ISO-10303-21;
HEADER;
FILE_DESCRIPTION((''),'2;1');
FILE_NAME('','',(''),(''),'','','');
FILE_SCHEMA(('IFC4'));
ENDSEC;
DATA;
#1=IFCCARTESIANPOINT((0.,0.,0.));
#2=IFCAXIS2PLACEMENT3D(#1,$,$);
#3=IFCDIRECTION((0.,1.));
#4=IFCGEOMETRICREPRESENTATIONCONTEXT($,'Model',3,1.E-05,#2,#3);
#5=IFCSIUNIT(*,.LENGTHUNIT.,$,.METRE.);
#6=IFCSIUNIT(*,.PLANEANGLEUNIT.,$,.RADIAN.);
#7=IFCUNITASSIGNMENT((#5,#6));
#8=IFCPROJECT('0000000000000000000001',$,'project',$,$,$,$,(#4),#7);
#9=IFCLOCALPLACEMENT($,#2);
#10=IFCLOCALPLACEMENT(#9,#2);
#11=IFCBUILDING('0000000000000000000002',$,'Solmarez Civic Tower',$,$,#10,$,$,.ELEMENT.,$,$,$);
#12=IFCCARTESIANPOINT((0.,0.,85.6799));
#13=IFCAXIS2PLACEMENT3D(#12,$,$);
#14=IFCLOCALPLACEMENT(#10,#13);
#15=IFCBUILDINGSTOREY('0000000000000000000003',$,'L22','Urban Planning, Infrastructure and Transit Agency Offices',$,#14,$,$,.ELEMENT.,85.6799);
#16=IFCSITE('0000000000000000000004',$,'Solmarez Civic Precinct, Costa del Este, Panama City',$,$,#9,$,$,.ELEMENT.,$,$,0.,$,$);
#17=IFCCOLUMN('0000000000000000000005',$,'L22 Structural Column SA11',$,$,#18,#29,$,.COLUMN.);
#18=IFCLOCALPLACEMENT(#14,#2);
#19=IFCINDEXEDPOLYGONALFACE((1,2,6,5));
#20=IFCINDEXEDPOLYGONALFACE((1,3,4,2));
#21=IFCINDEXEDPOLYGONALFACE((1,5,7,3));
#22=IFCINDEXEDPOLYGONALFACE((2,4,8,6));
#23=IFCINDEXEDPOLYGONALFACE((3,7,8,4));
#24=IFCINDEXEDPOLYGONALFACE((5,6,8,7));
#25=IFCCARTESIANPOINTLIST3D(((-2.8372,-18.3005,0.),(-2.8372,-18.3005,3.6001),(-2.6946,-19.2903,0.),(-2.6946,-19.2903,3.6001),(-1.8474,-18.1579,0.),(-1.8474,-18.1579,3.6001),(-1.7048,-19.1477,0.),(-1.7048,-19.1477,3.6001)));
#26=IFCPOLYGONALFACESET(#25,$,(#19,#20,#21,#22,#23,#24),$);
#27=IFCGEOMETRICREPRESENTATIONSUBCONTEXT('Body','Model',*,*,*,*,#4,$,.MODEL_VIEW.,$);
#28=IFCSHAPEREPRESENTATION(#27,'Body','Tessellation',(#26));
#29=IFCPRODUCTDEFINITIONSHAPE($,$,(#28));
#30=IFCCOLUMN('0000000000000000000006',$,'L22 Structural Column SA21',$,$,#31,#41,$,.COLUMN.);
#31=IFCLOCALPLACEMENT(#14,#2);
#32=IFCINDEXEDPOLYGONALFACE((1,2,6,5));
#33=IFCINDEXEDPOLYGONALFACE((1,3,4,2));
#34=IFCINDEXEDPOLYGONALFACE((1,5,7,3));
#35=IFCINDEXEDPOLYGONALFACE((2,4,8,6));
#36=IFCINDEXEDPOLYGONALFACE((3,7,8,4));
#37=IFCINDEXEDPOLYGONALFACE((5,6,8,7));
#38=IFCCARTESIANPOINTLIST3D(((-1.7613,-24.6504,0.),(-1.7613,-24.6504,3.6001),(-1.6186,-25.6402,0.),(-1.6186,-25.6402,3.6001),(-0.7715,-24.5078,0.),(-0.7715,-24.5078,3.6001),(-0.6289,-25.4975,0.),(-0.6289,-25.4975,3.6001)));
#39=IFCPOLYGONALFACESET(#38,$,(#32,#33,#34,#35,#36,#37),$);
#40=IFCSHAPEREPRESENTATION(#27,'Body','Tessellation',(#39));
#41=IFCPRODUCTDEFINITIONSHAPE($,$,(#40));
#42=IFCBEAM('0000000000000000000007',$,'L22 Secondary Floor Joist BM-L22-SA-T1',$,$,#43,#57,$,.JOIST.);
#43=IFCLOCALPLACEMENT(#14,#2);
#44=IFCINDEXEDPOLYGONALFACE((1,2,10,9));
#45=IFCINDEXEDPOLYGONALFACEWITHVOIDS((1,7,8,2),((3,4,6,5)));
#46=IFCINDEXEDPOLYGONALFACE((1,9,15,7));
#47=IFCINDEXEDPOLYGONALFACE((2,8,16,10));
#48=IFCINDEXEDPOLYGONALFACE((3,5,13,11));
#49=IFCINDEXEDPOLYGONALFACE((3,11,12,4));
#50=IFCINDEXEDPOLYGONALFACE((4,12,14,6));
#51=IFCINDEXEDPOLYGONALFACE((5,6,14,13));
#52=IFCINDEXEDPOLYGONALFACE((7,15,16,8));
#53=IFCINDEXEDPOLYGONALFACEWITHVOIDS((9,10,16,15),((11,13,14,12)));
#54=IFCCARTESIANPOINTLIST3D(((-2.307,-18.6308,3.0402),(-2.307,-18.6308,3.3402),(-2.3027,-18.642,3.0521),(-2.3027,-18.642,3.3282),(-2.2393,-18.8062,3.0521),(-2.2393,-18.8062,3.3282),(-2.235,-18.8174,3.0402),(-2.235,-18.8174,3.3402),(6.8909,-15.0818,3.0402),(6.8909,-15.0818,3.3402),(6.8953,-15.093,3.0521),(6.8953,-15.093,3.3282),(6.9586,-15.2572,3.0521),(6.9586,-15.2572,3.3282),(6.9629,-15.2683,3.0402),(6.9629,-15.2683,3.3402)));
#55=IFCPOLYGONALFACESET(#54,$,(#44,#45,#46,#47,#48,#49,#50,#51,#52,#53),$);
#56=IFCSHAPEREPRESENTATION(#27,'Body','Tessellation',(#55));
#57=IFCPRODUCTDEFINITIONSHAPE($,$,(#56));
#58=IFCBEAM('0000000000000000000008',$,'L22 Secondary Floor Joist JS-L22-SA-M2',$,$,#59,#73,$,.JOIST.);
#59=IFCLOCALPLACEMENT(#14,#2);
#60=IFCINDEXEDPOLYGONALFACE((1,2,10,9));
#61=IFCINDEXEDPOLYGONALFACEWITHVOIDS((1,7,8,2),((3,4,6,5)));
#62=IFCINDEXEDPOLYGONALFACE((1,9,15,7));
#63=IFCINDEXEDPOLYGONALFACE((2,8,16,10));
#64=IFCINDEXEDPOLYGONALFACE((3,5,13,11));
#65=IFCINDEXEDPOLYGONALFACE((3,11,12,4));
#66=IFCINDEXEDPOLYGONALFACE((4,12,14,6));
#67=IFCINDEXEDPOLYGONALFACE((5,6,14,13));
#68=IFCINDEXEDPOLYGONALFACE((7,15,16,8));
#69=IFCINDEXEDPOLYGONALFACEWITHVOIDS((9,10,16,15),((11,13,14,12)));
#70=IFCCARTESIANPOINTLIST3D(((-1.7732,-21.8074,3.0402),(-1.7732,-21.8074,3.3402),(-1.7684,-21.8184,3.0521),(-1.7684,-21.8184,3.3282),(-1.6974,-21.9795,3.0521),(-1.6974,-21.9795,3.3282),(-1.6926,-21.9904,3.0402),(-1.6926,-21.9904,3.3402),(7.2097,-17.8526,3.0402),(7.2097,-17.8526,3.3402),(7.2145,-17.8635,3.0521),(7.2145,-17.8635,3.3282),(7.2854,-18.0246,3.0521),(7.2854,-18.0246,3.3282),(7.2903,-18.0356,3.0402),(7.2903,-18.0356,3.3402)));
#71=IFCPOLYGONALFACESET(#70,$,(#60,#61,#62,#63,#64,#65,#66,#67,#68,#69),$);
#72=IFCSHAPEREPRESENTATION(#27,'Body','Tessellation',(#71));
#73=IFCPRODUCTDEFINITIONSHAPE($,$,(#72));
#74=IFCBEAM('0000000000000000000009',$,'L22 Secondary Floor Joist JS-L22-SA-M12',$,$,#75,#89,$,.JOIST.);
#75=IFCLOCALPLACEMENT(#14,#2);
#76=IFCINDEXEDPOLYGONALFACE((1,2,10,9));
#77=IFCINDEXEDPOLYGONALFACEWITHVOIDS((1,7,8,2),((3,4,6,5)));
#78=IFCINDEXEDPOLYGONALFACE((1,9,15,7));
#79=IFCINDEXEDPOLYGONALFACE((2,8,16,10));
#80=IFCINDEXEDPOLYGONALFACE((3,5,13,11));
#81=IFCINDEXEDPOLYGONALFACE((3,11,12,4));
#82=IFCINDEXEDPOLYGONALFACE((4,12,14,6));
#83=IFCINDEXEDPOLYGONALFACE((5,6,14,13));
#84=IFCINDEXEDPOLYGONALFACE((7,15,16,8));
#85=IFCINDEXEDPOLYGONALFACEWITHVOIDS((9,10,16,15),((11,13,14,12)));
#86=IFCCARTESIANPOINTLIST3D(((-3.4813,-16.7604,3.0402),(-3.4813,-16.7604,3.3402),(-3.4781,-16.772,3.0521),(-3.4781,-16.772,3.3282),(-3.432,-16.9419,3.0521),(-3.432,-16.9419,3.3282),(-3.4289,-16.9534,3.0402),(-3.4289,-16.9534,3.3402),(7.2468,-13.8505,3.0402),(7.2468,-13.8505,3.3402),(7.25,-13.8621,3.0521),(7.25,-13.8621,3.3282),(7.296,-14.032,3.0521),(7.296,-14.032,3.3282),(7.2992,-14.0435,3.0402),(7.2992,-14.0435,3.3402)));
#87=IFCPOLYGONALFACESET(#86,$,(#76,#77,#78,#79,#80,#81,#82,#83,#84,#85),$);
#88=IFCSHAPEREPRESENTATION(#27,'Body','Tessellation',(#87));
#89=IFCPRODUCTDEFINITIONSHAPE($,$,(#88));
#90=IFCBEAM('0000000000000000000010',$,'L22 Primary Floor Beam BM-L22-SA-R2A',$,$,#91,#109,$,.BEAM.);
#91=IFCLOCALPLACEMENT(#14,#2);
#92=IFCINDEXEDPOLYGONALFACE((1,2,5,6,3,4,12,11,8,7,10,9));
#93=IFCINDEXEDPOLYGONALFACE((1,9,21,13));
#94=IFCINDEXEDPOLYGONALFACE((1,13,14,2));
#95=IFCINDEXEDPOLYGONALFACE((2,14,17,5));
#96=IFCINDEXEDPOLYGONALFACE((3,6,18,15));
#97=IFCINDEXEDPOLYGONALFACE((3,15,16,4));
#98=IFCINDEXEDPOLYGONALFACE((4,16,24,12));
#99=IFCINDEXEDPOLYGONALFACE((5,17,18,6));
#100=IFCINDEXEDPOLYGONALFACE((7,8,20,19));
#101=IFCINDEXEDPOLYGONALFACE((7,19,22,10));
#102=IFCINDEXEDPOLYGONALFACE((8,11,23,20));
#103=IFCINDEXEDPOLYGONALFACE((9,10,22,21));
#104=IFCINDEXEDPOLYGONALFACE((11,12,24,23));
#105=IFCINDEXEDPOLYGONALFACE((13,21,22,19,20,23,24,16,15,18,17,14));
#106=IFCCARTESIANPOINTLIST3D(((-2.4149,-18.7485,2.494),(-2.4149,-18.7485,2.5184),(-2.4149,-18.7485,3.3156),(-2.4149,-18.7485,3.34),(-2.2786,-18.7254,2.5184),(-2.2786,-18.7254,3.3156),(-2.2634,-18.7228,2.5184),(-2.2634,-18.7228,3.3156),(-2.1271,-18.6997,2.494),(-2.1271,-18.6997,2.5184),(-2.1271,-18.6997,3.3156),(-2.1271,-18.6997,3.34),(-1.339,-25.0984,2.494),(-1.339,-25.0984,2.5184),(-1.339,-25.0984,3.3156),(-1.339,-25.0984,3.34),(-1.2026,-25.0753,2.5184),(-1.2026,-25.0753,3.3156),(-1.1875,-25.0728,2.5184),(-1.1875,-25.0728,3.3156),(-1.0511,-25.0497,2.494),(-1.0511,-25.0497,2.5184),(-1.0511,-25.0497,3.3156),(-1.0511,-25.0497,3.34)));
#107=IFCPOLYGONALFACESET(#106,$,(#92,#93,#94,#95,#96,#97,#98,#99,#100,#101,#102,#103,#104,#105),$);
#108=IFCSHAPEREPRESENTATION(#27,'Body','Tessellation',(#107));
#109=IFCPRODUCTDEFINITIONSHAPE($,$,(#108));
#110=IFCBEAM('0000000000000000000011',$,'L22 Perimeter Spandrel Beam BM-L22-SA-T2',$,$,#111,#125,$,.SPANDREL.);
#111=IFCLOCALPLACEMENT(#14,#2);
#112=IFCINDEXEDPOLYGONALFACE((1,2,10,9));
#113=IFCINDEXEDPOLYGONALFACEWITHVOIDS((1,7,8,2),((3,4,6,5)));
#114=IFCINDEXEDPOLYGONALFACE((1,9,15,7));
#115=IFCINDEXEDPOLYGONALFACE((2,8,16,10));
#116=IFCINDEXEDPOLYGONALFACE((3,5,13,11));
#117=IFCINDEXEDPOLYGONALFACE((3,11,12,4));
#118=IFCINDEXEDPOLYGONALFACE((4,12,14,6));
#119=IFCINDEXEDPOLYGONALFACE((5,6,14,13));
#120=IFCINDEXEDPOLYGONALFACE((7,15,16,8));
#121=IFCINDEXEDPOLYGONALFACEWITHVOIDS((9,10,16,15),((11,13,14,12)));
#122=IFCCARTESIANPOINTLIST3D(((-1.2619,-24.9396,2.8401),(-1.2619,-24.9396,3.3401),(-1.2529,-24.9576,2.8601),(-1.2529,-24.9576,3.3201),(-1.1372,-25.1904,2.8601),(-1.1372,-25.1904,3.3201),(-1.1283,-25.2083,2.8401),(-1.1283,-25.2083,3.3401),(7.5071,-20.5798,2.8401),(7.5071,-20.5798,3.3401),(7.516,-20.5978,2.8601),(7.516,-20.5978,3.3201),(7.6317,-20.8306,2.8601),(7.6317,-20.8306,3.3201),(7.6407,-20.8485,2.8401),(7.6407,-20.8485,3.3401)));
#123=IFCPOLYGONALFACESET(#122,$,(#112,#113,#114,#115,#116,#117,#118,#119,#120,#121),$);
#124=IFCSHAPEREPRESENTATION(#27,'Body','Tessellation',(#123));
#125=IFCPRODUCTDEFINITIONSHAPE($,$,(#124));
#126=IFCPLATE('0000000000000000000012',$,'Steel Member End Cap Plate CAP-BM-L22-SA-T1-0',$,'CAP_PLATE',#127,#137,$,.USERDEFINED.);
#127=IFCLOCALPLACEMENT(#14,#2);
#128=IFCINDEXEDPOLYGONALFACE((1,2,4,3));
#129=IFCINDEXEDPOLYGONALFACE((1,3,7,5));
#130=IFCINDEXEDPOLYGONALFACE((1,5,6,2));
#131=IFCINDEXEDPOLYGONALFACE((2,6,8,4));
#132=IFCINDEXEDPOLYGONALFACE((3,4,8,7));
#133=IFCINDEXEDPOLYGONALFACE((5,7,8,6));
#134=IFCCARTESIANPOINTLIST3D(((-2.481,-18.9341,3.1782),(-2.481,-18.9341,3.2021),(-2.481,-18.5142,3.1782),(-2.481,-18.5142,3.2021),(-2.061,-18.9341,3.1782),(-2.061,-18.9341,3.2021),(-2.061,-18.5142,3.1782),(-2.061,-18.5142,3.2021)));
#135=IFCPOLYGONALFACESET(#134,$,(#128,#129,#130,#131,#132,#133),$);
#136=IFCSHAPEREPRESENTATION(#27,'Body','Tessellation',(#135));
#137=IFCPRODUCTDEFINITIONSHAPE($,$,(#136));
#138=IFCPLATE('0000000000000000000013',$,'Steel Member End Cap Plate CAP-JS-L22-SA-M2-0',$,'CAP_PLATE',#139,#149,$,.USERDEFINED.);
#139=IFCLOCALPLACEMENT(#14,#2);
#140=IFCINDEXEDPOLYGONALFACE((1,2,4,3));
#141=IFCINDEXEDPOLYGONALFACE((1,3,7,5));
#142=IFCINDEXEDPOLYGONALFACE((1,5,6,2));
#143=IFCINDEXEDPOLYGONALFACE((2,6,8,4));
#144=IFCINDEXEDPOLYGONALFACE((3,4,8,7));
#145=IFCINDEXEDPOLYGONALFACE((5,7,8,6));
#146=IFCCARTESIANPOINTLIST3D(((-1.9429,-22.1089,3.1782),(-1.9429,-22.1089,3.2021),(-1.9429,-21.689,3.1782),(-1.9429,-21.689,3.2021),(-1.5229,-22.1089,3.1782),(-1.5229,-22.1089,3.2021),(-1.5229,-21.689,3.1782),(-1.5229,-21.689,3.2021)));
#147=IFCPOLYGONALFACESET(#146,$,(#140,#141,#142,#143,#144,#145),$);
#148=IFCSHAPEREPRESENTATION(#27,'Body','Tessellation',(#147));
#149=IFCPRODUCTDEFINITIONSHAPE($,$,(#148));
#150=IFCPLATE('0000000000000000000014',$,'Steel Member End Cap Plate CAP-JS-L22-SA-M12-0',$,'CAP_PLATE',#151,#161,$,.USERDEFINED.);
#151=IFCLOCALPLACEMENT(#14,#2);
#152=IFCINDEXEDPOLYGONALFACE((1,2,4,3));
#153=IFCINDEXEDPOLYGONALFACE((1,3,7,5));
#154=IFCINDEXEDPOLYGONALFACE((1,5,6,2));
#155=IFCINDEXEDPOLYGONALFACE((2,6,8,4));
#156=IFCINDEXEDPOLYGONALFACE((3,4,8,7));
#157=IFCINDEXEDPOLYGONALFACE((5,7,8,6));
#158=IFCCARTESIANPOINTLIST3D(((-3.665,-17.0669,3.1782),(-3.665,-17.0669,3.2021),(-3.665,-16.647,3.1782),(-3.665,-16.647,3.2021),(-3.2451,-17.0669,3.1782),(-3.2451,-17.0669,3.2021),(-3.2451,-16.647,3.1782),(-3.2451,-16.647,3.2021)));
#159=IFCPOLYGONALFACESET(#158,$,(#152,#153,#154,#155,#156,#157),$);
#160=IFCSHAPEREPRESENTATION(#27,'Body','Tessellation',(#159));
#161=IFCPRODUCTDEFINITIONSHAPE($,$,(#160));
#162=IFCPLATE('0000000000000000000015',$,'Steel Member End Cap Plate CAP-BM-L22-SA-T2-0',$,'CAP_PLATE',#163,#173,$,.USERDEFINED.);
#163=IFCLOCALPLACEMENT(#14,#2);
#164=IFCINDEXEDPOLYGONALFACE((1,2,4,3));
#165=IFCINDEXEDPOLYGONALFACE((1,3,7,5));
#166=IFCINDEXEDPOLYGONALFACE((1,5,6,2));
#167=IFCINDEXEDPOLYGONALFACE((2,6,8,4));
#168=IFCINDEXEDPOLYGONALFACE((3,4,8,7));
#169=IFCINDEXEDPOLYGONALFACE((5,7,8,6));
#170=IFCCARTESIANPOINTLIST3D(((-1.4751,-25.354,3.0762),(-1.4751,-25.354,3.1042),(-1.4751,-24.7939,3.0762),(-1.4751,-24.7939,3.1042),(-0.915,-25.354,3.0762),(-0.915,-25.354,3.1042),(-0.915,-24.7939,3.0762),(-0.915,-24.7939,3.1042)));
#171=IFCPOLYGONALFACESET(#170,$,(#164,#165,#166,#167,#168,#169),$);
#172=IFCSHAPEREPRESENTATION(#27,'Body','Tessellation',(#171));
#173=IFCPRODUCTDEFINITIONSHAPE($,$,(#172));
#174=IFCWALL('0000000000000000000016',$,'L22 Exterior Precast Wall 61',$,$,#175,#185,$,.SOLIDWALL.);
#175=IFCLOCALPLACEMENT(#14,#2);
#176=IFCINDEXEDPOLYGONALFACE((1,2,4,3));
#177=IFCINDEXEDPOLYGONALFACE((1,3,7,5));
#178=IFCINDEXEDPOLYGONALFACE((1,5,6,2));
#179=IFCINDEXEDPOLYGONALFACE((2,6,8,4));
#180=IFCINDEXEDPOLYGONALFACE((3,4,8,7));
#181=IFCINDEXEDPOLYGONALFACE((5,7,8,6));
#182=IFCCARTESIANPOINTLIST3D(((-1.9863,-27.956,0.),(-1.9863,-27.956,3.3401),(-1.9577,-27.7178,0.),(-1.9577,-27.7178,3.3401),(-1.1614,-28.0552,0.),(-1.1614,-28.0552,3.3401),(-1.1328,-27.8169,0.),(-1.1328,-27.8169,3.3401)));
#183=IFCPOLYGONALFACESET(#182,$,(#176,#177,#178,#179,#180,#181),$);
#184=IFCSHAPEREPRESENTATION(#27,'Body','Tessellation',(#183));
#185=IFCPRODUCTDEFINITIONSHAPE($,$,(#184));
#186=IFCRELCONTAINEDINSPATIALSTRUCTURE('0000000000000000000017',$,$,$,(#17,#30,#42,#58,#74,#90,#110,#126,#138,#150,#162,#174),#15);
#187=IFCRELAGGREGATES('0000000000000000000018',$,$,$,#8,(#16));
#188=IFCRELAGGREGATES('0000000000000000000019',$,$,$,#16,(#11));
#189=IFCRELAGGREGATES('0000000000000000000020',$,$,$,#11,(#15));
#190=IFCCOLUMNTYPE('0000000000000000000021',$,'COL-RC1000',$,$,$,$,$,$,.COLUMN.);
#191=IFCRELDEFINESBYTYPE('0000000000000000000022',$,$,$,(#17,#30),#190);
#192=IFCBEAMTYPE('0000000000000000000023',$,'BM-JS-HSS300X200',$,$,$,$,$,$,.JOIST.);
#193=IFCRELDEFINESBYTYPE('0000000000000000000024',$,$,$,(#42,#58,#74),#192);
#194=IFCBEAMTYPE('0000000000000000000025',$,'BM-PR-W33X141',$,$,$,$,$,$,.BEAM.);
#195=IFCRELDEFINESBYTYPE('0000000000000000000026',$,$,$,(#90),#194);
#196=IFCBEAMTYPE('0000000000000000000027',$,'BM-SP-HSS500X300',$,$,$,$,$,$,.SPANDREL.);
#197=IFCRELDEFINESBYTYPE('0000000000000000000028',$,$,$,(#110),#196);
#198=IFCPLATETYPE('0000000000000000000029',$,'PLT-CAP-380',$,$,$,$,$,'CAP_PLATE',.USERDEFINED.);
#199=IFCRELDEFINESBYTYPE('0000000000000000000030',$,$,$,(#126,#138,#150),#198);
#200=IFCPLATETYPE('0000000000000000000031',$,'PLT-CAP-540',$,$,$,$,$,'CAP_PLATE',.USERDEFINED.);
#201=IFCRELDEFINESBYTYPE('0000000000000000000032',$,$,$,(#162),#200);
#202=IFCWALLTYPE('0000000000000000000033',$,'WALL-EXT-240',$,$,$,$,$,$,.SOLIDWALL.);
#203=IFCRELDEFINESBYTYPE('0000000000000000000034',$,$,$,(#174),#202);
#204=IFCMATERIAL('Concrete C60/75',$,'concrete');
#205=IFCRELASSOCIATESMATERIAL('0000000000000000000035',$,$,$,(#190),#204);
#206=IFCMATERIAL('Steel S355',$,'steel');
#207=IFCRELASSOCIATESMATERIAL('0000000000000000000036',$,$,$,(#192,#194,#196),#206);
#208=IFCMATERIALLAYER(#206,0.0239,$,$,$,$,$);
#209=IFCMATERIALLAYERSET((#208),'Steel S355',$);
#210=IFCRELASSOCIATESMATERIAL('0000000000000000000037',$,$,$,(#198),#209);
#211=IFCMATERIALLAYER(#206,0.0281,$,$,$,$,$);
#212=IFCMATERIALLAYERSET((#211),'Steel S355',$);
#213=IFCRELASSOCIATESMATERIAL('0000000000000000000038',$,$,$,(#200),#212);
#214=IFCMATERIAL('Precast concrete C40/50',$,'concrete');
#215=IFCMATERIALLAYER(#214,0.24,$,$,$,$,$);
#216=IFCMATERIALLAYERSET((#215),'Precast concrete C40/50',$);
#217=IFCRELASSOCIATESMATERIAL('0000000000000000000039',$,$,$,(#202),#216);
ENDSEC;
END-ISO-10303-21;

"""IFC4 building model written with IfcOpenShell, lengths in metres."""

from ifc_helpers import new_model, si_unit, direction, frame, frame_2d, origin, origin_2d, place, context, subcontext, project, spatial, rectangle, hollow_rectangle, i_section, extrude, material, layer, layer_set, material_profile, profile_set, type_object, element, save


model = new_model("IFC4")

# Units and contexts
model_context = context("Model", 3, precision=1e-05, world=origin(), true_north=direction((0.0, 1.0)))
body_context = subcontext(model_context, "Body", "Model", "MODEL_VIEW")
ifc_project = project(units=[si_unit("LENGTHUNIT", "METRE"), si_unit("PLANEANGLEUNIT", "RADIAN")], contexts=[model_context])

# Site, building, storey
site_placement = place(None, origin())
site = spatial("IfcSite", under=ifc_project, at=site_placement, Name="Solmarez Civic Precinct, Costa del Este, Panama City", CompositionType="ELEMENT", RefElevation=0.0)
building_placement = place(site_placement, origin())
building = spatial("IfcBuilding", under=site, at=building_placement, Name="Solmarez Civic Tower", CompositionType="ELEMENT")
storey_placement = place(building_placement, frame((0.0, 0.0, 85.6799)))
storey = spatial("IfcBuildingStorey", under=building, at=storey_placement, Name="L22", Description="Urban Planning, Infrastructure and Transit Agency Offices", CompositionType="ELEMENT", Elevation=85.6799)

# Columns
ifc_material_1 = material(Name="Concrete C60/75", Category="concrete")
ifc_material_profile_1 = material_profile(ifc_material_1, rectangle(XDim=1.0, YDim=1.0, at=origin_2d()), Name="RC1000X1000")
ifc_profile_set_1 = profile_set([ifc_material_profile_1], Name="Concrete C60/75")
column_type = type_object("IfcColumnType", Name="COL-RC1000", PredefinedType="COLUMN", material=ifc_profile_set_1)
for number, where, z_axis, x_axis, name in (
    (1, (-2.271, -18.7241, 0.0), (0.0, 0.0, 1.0), (0.989776, 0.142629, 0.0), "L22 Structural Column SA11"),
    (2, (-1.1951, -25.074, 0.0), (0.0, 0.0, 1.0), (0.989776, 0.142629, 0.0), "L22 Structural Column SA21"),
):
    element("IfcColumn", number, at=place(storey_placement, frame(where, z_axis=z_axis, x_axis=x_axis)), inside=storey, type_object=column_type, Name=name, PredefinedType="COLUMN", context=body_context, shape_type="SweptSolid", body=[
        extrude(rectangle(XDim=1.0, YDim=1.0, at=origin_2d()), origin(), (0.0, 0.0, 1.0), 3.6001),
    ])

# Beams
ifc_material_2 = material(Name="Steel S355", Category="steel")
ifc_material_profile_2 = material_profile(ifc_material_2, hollow_rectangle(XDim=0.2, YDim=0.3, WallThickness=0.012, at=origin_2d()), Name="HSS300X200X12")
ifc_profile_set_2 = profile_set([ifc_material_profile_2], Name="Steel S355")
beam_type_1 = type_object("IfcBeamType", Name="BM-JS-HSS300X200", PredefinedType="JOIST", material=ifc_profile_set_2)
beam_1_placement = place(storey_placement, frame((-2.271, -18.7241, 3.1902), z_axis=(0.932958, 0.359984, 0.0), x_axis=(-0.359984, 0.932958, 0.0)))
element("IfcBeam", 3, at=beam_1_placement, inside=storey, type_object=beam_type_1, Name="L22 Secondary Floor Joist BM-L22-SA-T1", PredefinedType="JOIST", context=body_context, shape_type="SweptSolid", body=[
    extrude(hollow_rectangle(XDim=0.2, YDim=0.3, WallThickness=0.012, at=origin_2d()), origin(), (0.0, 0.0, 1.0), 9.8589),
])
beam_2_placement = place(storey_placement, frame((-1.7329, -21.8989, 3.1902), z_axis=(0.915227, 0.402939, 0.0), x_axis=(-0.402939, 0.915227, 0.0)))
element("IfcBeam", 4, at=beam_2_placement, inside=storey, type_object=beam_type_1, Name="L22 Secondary Floor Joist JS-L22-SA-M2", PredefinedType="JOIST", context=body_context, shape_type="SweptSolid", body=[
    extrude(hollow_rectangle(XDim=0.2, YDim=0.3, WallThickness=0.012, at=origin_2d()), origin(), (0.0, 0.0, 1.0), 9.8149),
])
beam_3_placement = place(storey_placement, frame((-3.4551, -16.8569, 3.1902), z_axis=(0.965126, 0.261785, 0.0), x_axis=(-0.261785, 0.965126, 0.0)))
element("IfcBeam", 5, at=beam_3_placement, inside=storey, type_object=beam_type_1, Name="L22 Secondary Floor Joist JS-L22-SA-M12", PredefinedType="JOIST", context=body_context, shape_type="SweptSolid", body=[
    extrude(hollow_rectangle(XDim=0.2, YDim=0.3, WallThickness=0.012, at=origin_2d()), origin(), (0.0, 0.0, 1.0), 11.1157),
])
ifc_material_profile_3 = material_profile(ifc_material_2, i_section(OverallWidth=0.292, OverallDepth=0.8459, WebThickness=0.0154, FlangeThickness=0.0244, at=origin_2d()), Name="W33X141")
ifc_profile_set_3 = profile_set([ifc_material_profile_3], Name="Steel S355")
beam_type_2 = type_object("IfcBeamType", Name="BM-PR-W33X141", PredefinedType="BEAM", material=ifc_profile_set_3)
beam_4_placement = place(storey_placement, frame((-2.271, -18.7241, 2.917), z_axis=(0.16706, -0.985947, 0.0), x_axis=(0.985947, 0.16706, 0.0)))
element("IfcBeam", 6, at=beam_4_placement, inside=storey, type_object=beam_type_2, Name="L22 Primary Floor Beam BM-L22-SA-R2A", PredefinedType="BEAM", context=body_context, shape_type="SweptSolid", body=[
    extrude(i_section(OverallWidth=0.292, OverallDepth=0.8459, WebThickness=0.0154, FlangeThickness=0.0244, at=origin_2d()), origin(), (0.0, 0.0, 1.0), 6.4404),
])
ifc_material_profile_4 = material_profile(ifc_material_2, hollow_rectangle(XDim=0.3, YDim=0.5, WallThickness=0.02, at=origin_2d()), Name="HSS500X300X20")
ifc_profile_set_4 = profile_set([ifc_material_profile_4], Name="Steel S355")
beam_type_3 = type_object("IfcBeamType", Name="BM-SP-HSS500X300", PredefinedType="SPANDREL", material=ifc_profile_set_4)
beam_5_placement = place(storey_placement, frame((-1.1951, -25.074, 3.0901), z_axis=(0.895432, 0.445198, 0.0), x_axis=(-0.445198, 0.895432, 0.0)))
element("IfcBeam", 7, at=beam_5_placement, inside=storey, type_object=beam_type_3, Name="L22 Perimeter Spandrel Beam BM-L22-SA-T2", PredefinedType="SPANDREL", context=body_context, shape_type="SweptSolid", body=[
    extrude(hollow_rectangle(XDim=0.3, YDim=0.5, WallThickness=0.02, at=origin_2d()), origin(), (0.0, 0.0, 1.0), 9.793),
])

# Plates
ifc_layer_1 = layer(ifc_material_2, 0.0239)
ifc_layer_set_1 = layer_set([ifc_layer_1], Name="Steel S355")
plate_type_1 = type_object("IfcPlateType", Name="PLT-CAP-380", ElementType="CAP_PLATE", PredefinedType="USERDEFINED", material=ifc_layer_set_1)
for number, where, z_axis, x_axis, name in (
    (8, (-2.271, -18.7241, 3.1782), (0.0, 0.0, 1.0), (1.0, 0.0, 0.0), "Steel Member End Cap Plate CAP-BM-L22-SA-T1-0"),
    (9, (-1.7329, -21.8989, 3.1782), (0.0, 0.0, 1.0), (1.0, 0.0, 0.0), "Steel Member End Cap Plate CAP-JS-L22-SA-M2-0"),
    (10, (-3.4551, -16.8569, 3.1782), (0.0, 0.0, 1.0), (1.0, 0.0, 0.0), "Steel Member End Cap Plate CAP-JS-L22-SA-M12-0"),
):
    element("IfcPlate", number, at=place(storey_placement, frame(where, z_axis=z_axis, x_axis=x_axis)), inside=storey, type_object=plate_type_1, Name=name, ObjectType="CAP_PLATE", PredefinedType="USERDEFINED", context=body_context, shape_type="SweptSolid", body=[
        extrude(rectangle(XDim=0.4199, YDim=0.4199, at=origin_2d()), origin(), (0.0, 0.0, 1.0), 0.0239),
    ])
ifc_layer_2 = layer(ifc_material_2, 0.0281)
ifc_layer_set_2 = layer_set([ifc_layer_2], Name="Steel S355")
plate_type_2 = type_object("IfcPlateType", Name="PLT-CAP-540", ElementType="CAP_PLATE", PredefinedType="USERDEFINED", material=ifc_layer_set_2)
plate_placement = place(storey_placement, frame((-1.1951, -25.074, 3.0762), z_axis=(0.0, 0.0, 1.0), x_axis=(1.0, 0.0, 0.0)))
element("IfcPlate", 11, at=plate_placement, inside=storey, type_object=plate_type_2, Name="Steel Member End Cap Plate CAP-BM-L22-SA-T2-0", ObjectType="CAP_PLATE", PredefinedType="USERDEFINED", context=body_context, shape_type="SweptSolid", body=[
    extrude(rectangle(XDim=0.5601, YDim=0.5601, at=origin_2d()), origin(), (0.0, 0.0, 1.0), 0.0281),
])

# Wall
ifc_material_3 = material(Name="Precast concrete C40/50", Category="concrete")
ifc_layer_3 = layer(ifc_material_3, 0.24)
ifc_layer_set_3 = layer_set([ifc_layer_3], Name="Precast concrete C40/50")
wall_type_1 = type_object("IfcWallType", Name="WALL-EXT-240", PredefinedType="SOLIDWALL", material=ifc_layer_set_3)
wall_1_placement = place(storey_placement, frame((-1.147, -27.936, 0.0), z_axis=(0.0, 0.0, 1.0), x_axis=(-0.992859, 0.119296, 0.0)))
element("IfcWall", 12, at=wall_1_placement, inside=storey, type_object=wall_type_1, Name="L22 Exterior Precast Wall 61", PredefinedType="SOLIDWALL", context=body_context, shape_type="SweptSolid", body=[
    extrude(rectangle(XDim=0.8308, YDim=0.24, at=frame_2d((0.4155, 0.0))), origin(), (0.0, 0.0, 1.0), 3.3401),
])

save(model, "model.ifc")
